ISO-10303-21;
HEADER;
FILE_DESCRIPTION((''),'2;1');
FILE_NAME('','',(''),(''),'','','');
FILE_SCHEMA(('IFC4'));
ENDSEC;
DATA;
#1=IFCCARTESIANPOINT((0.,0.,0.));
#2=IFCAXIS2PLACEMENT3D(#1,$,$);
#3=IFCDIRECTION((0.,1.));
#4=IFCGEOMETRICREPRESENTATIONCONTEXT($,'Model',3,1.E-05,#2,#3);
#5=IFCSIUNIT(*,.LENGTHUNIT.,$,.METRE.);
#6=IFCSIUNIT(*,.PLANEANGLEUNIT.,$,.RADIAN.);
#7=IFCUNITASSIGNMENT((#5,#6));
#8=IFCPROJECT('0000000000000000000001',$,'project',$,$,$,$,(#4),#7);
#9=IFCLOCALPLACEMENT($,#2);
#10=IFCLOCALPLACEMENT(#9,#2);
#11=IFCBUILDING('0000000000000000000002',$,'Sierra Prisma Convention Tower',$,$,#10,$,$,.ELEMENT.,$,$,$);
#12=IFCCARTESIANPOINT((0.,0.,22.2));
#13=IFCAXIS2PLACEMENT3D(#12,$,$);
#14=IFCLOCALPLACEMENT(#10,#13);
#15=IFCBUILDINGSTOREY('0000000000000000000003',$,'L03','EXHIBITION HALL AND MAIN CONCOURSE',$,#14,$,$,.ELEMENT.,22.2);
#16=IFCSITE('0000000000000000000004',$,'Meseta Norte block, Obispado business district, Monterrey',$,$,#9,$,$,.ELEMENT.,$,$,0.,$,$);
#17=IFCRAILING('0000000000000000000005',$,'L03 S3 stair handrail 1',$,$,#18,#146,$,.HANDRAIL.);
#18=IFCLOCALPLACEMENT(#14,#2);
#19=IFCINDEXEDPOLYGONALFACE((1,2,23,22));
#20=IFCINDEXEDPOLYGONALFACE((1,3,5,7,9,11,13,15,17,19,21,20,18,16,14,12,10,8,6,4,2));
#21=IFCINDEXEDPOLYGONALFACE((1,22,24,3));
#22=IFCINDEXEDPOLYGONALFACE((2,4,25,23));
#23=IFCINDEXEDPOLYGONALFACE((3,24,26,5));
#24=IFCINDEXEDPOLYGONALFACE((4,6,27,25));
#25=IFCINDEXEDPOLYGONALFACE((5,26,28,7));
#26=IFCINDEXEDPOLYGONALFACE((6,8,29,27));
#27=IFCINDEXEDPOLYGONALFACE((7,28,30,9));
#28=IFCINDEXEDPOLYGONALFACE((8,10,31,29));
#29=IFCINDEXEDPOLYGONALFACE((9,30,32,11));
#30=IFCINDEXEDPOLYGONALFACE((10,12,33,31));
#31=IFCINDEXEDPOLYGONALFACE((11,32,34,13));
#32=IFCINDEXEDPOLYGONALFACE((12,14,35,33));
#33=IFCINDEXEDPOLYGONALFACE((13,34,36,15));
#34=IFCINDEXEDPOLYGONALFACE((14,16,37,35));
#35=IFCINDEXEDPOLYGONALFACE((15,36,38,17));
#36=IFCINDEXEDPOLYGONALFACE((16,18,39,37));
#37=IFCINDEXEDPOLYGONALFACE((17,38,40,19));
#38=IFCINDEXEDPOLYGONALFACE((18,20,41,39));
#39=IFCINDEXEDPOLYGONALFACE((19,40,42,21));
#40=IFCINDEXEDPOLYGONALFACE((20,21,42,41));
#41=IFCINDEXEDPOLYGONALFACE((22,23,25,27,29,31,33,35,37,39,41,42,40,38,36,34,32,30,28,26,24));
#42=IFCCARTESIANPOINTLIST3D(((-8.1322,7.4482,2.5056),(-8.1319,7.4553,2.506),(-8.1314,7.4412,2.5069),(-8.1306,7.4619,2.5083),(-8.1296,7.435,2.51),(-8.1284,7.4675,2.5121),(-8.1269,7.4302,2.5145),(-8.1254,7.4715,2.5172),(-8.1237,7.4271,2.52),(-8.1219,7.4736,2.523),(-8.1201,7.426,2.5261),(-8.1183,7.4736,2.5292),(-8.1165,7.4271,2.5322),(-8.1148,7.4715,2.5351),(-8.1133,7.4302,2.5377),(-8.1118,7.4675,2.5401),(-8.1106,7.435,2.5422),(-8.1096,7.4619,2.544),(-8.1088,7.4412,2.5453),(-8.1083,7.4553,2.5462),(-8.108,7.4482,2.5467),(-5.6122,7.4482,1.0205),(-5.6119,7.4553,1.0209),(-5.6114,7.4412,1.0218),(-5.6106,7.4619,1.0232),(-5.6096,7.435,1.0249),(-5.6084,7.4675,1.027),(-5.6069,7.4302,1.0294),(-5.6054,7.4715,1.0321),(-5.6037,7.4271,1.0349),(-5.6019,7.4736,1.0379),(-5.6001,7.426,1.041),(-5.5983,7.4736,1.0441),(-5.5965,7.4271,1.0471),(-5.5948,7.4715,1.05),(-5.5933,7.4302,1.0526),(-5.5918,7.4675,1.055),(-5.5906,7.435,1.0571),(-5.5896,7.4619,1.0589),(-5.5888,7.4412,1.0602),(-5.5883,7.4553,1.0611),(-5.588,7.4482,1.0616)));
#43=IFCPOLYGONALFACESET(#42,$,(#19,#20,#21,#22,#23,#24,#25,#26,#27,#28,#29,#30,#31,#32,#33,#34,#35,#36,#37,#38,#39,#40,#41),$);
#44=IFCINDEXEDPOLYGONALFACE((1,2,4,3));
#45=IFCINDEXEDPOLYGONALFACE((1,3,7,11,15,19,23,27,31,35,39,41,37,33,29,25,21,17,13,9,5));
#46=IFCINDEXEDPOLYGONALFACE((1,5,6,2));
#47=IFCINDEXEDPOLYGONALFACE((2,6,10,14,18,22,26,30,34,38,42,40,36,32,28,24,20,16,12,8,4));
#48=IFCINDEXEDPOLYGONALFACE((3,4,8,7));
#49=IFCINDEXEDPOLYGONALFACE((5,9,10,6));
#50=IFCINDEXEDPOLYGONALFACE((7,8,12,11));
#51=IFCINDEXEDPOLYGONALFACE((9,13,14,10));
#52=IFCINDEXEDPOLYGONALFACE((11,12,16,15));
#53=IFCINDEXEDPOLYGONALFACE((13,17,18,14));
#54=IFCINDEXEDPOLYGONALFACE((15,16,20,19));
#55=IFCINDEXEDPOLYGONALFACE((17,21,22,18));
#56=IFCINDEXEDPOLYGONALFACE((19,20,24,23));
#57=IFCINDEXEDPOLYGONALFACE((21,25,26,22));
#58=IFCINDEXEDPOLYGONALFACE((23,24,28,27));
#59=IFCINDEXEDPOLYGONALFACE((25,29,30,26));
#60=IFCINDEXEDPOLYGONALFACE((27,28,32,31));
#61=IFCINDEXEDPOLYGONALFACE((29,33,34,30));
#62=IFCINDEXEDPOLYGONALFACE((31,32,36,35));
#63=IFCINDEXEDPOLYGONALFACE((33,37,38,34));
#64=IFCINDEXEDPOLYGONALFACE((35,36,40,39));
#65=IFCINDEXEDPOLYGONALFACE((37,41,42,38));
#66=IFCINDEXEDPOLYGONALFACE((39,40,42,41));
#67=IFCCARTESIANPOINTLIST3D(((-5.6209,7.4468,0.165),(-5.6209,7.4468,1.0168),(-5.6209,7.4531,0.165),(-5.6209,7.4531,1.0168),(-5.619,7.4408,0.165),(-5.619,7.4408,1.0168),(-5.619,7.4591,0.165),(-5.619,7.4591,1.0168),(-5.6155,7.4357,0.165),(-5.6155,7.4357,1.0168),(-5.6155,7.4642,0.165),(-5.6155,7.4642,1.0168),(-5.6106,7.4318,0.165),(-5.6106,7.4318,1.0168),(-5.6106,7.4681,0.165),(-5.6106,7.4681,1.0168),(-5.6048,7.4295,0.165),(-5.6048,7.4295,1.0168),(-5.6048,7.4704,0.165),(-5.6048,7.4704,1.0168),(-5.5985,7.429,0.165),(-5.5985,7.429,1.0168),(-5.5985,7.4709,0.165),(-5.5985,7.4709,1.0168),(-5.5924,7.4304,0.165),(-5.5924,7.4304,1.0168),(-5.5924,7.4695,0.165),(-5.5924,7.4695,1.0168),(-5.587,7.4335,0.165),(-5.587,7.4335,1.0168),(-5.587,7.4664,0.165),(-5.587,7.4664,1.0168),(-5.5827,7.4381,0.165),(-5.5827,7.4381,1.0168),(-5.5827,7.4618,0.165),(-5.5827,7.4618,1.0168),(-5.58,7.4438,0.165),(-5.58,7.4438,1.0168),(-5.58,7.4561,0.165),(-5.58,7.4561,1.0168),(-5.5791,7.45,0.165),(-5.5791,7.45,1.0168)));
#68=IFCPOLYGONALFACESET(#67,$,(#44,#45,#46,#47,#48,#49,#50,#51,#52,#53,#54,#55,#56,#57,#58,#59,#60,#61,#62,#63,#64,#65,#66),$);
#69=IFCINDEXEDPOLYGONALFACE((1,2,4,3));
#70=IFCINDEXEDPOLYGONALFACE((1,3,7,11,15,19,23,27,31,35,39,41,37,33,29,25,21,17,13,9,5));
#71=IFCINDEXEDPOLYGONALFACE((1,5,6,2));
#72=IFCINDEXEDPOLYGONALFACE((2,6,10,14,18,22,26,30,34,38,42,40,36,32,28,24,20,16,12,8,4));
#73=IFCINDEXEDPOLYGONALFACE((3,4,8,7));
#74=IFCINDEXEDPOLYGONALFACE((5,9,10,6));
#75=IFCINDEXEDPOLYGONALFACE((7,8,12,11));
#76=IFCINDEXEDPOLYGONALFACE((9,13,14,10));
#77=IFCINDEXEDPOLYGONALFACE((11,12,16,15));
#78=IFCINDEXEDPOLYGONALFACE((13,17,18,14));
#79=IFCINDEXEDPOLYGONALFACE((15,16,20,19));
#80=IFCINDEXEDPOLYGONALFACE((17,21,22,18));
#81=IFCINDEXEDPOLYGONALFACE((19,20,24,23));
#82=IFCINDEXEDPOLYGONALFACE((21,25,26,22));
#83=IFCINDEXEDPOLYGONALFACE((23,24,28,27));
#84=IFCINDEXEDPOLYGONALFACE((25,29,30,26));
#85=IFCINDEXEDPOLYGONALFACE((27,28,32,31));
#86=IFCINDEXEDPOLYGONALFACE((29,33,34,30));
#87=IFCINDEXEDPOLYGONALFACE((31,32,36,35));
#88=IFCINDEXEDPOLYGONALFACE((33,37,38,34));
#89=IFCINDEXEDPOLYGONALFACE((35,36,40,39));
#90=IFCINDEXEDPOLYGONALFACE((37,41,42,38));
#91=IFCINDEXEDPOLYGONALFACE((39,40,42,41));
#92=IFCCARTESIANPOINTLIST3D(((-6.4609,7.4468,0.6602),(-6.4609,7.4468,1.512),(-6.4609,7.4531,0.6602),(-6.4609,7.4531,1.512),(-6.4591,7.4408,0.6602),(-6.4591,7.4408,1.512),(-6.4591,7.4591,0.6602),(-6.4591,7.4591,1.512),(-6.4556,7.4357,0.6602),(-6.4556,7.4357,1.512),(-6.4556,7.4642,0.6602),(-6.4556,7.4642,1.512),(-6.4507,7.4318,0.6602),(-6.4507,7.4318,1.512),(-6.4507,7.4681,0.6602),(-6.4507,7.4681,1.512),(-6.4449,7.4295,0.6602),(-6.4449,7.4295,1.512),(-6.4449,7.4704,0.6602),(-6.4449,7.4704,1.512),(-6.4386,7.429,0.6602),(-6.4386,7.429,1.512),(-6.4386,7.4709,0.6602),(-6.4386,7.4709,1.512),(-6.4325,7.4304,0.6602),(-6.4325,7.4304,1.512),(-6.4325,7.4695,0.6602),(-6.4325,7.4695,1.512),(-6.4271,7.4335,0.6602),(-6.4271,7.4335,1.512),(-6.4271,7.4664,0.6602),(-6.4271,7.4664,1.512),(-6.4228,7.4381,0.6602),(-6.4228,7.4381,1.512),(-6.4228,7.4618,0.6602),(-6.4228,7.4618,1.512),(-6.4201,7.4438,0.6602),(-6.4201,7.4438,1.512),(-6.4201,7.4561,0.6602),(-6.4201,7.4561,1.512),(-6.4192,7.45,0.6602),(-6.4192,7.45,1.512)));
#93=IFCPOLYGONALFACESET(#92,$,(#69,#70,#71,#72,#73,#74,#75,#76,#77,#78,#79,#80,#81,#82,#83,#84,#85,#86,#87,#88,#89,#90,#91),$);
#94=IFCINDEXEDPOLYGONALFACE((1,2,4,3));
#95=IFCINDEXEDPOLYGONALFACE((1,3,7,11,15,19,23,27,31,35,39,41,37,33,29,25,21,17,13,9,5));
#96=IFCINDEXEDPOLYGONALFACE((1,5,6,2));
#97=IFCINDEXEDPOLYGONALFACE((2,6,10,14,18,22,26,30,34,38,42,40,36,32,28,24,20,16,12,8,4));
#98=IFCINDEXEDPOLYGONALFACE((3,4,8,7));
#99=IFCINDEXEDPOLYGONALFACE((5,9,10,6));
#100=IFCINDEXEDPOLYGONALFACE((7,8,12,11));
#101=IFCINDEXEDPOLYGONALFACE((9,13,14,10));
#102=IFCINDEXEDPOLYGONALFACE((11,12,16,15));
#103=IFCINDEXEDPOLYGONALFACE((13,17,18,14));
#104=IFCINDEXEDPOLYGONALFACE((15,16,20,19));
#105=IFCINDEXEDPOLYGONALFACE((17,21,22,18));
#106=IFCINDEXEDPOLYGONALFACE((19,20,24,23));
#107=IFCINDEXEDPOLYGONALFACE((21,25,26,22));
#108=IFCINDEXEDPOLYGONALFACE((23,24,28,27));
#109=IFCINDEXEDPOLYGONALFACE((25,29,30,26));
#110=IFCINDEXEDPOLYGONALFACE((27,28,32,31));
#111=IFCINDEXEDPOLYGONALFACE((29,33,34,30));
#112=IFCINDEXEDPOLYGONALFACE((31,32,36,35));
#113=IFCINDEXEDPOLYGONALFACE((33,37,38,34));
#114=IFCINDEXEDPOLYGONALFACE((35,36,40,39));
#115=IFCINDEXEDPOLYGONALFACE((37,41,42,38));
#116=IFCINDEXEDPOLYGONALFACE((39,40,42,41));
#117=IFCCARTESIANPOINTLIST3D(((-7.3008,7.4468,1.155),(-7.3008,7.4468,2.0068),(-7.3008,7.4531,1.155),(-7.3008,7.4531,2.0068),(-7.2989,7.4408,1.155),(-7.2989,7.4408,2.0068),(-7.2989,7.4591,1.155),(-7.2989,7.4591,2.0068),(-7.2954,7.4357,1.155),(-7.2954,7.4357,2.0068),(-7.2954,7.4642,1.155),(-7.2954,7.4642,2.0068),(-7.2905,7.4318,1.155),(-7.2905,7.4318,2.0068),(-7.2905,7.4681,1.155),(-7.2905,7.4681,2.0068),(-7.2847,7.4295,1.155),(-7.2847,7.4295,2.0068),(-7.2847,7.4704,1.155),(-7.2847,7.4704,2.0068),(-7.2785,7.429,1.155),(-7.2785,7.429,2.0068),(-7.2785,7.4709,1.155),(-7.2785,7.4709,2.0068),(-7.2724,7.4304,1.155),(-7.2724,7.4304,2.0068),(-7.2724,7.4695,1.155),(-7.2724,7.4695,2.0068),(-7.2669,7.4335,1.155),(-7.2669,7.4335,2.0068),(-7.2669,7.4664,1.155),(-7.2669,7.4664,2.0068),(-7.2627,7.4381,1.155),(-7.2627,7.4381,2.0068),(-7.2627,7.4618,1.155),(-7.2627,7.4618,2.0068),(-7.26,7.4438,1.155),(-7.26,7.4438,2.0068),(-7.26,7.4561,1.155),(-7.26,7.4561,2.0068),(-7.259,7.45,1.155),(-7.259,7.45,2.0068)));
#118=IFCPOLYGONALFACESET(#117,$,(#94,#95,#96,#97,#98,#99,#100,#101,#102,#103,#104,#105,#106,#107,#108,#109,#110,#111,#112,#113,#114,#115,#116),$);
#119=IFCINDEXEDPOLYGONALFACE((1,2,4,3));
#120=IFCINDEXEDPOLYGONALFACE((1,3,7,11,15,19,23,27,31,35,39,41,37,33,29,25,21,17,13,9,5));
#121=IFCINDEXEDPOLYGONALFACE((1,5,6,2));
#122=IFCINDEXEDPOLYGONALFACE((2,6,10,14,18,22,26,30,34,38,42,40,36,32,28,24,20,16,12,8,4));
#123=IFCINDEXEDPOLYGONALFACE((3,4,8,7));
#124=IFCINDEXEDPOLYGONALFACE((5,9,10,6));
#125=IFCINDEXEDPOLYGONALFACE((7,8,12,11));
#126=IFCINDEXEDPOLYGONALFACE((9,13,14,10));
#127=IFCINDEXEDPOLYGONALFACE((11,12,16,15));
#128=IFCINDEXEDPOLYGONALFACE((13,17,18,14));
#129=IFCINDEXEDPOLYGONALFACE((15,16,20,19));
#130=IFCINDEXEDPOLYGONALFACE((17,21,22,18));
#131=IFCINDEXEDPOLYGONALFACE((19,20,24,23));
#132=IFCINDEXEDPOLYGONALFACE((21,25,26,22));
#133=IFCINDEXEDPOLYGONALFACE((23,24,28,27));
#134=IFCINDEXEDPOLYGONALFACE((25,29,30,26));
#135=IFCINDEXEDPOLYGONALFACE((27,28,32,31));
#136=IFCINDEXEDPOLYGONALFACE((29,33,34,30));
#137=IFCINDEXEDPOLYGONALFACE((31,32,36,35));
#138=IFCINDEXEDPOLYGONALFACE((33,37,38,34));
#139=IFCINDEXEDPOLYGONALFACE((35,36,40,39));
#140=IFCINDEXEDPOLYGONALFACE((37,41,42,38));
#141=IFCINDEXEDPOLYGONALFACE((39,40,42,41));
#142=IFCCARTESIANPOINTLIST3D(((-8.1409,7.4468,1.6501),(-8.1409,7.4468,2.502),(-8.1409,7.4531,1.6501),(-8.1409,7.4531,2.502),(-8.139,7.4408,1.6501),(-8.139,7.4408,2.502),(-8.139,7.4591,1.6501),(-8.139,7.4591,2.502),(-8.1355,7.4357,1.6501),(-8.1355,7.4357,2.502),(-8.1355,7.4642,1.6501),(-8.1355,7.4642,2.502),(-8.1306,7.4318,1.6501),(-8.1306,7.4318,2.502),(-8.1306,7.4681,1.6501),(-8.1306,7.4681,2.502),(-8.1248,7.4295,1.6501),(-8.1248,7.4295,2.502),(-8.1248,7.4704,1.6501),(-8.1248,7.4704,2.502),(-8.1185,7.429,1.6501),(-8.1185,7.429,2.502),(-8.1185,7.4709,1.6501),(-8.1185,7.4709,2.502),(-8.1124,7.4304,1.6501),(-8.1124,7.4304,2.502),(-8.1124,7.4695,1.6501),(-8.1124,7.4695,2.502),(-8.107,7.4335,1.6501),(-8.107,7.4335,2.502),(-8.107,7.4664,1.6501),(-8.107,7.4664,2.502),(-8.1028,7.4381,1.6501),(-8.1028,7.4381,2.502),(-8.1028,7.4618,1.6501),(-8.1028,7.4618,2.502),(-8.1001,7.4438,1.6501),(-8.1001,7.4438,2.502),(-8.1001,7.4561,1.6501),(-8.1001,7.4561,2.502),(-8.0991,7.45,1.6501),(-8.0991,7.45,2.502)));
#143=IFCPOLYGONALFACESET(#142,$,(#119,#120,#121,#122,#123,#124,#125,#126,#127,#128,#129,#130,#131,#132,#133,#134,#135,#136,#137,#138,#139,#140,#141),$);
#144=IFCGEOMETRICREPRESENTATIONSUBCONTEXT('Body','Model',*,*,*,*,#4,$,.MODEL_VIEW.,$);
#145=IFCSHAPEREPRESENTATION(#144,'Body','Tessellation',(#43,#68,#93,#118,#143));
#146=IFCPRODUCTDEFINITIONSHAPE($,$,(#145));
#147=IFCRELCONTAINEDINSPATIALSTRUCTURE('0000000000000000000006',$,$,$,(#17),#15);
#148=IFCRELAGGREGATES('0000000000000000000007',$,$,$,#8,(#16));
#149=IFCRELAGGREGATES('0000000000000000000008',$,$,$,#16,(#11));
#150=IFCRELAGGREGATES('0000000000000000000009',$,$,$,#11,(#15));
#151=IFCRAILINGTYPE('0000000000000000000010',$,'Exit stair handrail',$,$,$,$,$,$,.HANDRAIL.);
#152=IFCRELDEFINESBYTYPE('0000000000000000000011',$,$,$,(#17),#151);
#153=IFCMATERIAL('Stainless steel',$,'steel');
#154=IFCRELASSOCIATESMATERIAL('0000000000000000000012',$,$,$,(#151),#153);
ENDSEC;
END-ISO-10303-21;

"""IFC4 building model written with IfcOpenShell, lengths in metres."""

from ifc_helpers import new_model, si_unit, direction, frame, origin, origin_2d, place, context, subcontext, project, spatial, circle, extrude, material, type_object, element, save


model = new_model("IFC4")

# Units and contexts
model_context = context("Model", 3, precision=1e-05, world=origin(), true_north=direction((0.0, 1.0)))
body_context = subcontext(model_context, "Body", "Model", "MODEL_VIEW")
ifc_project = project(units=[si_unit("LENGTHUNIT", "METRE"), si_unit("PLANEANGLEUNIT", "RADIAN")], contexts=[model_context])

# Site, building, storey
site_placement = place(None, origin())
site = spatial("IfcSite", under=ifc_project, at=site_placement, Name="Meseta Norte block, Obispado business district, Monterrey", CompositionType="ELEMENT", RefElevation=0.0)
building_placement = place(site_placement, origin())
building = spatial("IfcBuilding", under=site, at=building_placement, Name="Sierra Prisma Convention Tower", CompositionType="ELEMENT")
storey_placement = place(building_placement, frame((0.0, 0.0, 22.2)))
storey = spatial("IfcBuildingStorey", under=building, at=storey_placement, Name="L03", Description="EXHIBITION HALL AND MAIN CONCOURSE", CompositionType="ELEMENT", Elevation=22.2)

# Railing
ifc_material_1 = material(Name="Stainless steel", Category="steel")
railing_type_1 = type_object("IfcRailingType", Name="Exit stair handrail", PredefinedType="HANDRAIL", material=ifc_material_1)
railing_1_placement = place(storey_placement, frame((-5.6001, 7.45, 0.165)))
element("IfcRailing", 1, at=railing_1_placement, inside=storey, type_object=railing_type_1, Name="L03 S3 stair handrail 1", PredefinedType="HANDRAIL", context=body_context, shape_type="SweptSolid", body=[
    extrude(circle(Radius=0.0239, at=origin_2d()), frame((0.0, 0.0, 0.876), z_axis=(-0.861524, 0.0, 0.507717), x_axis=(0.0, -1.0, 0.0)), (0.0, 0.0, 1.0), 2.925),
    extrude(circle(Radius=0.021, at=origin_2d()), origin(), (0.0, 0.0, 1.0), 0.8518),
    extrude(circle(Radius=0.021, at=origin_2d()), frame((-0.8401, 0.0, 0.4951)), (0.0, 0.0, 1.0), 0.8518),
    extrude(circle(Radius=0.021, at=origin_2d()), frame((-1.6799, 0.0, 0.99)), (0.0, 0.0, 1.0), 0.8518),
    extrude(circle(Radius=0.021, at=origin_2d()), frame((-2.52, 0.0, 1.4851)), (0.0, 0.0, 1.0), 0.8518),
])

save(model, "model.ifc")
